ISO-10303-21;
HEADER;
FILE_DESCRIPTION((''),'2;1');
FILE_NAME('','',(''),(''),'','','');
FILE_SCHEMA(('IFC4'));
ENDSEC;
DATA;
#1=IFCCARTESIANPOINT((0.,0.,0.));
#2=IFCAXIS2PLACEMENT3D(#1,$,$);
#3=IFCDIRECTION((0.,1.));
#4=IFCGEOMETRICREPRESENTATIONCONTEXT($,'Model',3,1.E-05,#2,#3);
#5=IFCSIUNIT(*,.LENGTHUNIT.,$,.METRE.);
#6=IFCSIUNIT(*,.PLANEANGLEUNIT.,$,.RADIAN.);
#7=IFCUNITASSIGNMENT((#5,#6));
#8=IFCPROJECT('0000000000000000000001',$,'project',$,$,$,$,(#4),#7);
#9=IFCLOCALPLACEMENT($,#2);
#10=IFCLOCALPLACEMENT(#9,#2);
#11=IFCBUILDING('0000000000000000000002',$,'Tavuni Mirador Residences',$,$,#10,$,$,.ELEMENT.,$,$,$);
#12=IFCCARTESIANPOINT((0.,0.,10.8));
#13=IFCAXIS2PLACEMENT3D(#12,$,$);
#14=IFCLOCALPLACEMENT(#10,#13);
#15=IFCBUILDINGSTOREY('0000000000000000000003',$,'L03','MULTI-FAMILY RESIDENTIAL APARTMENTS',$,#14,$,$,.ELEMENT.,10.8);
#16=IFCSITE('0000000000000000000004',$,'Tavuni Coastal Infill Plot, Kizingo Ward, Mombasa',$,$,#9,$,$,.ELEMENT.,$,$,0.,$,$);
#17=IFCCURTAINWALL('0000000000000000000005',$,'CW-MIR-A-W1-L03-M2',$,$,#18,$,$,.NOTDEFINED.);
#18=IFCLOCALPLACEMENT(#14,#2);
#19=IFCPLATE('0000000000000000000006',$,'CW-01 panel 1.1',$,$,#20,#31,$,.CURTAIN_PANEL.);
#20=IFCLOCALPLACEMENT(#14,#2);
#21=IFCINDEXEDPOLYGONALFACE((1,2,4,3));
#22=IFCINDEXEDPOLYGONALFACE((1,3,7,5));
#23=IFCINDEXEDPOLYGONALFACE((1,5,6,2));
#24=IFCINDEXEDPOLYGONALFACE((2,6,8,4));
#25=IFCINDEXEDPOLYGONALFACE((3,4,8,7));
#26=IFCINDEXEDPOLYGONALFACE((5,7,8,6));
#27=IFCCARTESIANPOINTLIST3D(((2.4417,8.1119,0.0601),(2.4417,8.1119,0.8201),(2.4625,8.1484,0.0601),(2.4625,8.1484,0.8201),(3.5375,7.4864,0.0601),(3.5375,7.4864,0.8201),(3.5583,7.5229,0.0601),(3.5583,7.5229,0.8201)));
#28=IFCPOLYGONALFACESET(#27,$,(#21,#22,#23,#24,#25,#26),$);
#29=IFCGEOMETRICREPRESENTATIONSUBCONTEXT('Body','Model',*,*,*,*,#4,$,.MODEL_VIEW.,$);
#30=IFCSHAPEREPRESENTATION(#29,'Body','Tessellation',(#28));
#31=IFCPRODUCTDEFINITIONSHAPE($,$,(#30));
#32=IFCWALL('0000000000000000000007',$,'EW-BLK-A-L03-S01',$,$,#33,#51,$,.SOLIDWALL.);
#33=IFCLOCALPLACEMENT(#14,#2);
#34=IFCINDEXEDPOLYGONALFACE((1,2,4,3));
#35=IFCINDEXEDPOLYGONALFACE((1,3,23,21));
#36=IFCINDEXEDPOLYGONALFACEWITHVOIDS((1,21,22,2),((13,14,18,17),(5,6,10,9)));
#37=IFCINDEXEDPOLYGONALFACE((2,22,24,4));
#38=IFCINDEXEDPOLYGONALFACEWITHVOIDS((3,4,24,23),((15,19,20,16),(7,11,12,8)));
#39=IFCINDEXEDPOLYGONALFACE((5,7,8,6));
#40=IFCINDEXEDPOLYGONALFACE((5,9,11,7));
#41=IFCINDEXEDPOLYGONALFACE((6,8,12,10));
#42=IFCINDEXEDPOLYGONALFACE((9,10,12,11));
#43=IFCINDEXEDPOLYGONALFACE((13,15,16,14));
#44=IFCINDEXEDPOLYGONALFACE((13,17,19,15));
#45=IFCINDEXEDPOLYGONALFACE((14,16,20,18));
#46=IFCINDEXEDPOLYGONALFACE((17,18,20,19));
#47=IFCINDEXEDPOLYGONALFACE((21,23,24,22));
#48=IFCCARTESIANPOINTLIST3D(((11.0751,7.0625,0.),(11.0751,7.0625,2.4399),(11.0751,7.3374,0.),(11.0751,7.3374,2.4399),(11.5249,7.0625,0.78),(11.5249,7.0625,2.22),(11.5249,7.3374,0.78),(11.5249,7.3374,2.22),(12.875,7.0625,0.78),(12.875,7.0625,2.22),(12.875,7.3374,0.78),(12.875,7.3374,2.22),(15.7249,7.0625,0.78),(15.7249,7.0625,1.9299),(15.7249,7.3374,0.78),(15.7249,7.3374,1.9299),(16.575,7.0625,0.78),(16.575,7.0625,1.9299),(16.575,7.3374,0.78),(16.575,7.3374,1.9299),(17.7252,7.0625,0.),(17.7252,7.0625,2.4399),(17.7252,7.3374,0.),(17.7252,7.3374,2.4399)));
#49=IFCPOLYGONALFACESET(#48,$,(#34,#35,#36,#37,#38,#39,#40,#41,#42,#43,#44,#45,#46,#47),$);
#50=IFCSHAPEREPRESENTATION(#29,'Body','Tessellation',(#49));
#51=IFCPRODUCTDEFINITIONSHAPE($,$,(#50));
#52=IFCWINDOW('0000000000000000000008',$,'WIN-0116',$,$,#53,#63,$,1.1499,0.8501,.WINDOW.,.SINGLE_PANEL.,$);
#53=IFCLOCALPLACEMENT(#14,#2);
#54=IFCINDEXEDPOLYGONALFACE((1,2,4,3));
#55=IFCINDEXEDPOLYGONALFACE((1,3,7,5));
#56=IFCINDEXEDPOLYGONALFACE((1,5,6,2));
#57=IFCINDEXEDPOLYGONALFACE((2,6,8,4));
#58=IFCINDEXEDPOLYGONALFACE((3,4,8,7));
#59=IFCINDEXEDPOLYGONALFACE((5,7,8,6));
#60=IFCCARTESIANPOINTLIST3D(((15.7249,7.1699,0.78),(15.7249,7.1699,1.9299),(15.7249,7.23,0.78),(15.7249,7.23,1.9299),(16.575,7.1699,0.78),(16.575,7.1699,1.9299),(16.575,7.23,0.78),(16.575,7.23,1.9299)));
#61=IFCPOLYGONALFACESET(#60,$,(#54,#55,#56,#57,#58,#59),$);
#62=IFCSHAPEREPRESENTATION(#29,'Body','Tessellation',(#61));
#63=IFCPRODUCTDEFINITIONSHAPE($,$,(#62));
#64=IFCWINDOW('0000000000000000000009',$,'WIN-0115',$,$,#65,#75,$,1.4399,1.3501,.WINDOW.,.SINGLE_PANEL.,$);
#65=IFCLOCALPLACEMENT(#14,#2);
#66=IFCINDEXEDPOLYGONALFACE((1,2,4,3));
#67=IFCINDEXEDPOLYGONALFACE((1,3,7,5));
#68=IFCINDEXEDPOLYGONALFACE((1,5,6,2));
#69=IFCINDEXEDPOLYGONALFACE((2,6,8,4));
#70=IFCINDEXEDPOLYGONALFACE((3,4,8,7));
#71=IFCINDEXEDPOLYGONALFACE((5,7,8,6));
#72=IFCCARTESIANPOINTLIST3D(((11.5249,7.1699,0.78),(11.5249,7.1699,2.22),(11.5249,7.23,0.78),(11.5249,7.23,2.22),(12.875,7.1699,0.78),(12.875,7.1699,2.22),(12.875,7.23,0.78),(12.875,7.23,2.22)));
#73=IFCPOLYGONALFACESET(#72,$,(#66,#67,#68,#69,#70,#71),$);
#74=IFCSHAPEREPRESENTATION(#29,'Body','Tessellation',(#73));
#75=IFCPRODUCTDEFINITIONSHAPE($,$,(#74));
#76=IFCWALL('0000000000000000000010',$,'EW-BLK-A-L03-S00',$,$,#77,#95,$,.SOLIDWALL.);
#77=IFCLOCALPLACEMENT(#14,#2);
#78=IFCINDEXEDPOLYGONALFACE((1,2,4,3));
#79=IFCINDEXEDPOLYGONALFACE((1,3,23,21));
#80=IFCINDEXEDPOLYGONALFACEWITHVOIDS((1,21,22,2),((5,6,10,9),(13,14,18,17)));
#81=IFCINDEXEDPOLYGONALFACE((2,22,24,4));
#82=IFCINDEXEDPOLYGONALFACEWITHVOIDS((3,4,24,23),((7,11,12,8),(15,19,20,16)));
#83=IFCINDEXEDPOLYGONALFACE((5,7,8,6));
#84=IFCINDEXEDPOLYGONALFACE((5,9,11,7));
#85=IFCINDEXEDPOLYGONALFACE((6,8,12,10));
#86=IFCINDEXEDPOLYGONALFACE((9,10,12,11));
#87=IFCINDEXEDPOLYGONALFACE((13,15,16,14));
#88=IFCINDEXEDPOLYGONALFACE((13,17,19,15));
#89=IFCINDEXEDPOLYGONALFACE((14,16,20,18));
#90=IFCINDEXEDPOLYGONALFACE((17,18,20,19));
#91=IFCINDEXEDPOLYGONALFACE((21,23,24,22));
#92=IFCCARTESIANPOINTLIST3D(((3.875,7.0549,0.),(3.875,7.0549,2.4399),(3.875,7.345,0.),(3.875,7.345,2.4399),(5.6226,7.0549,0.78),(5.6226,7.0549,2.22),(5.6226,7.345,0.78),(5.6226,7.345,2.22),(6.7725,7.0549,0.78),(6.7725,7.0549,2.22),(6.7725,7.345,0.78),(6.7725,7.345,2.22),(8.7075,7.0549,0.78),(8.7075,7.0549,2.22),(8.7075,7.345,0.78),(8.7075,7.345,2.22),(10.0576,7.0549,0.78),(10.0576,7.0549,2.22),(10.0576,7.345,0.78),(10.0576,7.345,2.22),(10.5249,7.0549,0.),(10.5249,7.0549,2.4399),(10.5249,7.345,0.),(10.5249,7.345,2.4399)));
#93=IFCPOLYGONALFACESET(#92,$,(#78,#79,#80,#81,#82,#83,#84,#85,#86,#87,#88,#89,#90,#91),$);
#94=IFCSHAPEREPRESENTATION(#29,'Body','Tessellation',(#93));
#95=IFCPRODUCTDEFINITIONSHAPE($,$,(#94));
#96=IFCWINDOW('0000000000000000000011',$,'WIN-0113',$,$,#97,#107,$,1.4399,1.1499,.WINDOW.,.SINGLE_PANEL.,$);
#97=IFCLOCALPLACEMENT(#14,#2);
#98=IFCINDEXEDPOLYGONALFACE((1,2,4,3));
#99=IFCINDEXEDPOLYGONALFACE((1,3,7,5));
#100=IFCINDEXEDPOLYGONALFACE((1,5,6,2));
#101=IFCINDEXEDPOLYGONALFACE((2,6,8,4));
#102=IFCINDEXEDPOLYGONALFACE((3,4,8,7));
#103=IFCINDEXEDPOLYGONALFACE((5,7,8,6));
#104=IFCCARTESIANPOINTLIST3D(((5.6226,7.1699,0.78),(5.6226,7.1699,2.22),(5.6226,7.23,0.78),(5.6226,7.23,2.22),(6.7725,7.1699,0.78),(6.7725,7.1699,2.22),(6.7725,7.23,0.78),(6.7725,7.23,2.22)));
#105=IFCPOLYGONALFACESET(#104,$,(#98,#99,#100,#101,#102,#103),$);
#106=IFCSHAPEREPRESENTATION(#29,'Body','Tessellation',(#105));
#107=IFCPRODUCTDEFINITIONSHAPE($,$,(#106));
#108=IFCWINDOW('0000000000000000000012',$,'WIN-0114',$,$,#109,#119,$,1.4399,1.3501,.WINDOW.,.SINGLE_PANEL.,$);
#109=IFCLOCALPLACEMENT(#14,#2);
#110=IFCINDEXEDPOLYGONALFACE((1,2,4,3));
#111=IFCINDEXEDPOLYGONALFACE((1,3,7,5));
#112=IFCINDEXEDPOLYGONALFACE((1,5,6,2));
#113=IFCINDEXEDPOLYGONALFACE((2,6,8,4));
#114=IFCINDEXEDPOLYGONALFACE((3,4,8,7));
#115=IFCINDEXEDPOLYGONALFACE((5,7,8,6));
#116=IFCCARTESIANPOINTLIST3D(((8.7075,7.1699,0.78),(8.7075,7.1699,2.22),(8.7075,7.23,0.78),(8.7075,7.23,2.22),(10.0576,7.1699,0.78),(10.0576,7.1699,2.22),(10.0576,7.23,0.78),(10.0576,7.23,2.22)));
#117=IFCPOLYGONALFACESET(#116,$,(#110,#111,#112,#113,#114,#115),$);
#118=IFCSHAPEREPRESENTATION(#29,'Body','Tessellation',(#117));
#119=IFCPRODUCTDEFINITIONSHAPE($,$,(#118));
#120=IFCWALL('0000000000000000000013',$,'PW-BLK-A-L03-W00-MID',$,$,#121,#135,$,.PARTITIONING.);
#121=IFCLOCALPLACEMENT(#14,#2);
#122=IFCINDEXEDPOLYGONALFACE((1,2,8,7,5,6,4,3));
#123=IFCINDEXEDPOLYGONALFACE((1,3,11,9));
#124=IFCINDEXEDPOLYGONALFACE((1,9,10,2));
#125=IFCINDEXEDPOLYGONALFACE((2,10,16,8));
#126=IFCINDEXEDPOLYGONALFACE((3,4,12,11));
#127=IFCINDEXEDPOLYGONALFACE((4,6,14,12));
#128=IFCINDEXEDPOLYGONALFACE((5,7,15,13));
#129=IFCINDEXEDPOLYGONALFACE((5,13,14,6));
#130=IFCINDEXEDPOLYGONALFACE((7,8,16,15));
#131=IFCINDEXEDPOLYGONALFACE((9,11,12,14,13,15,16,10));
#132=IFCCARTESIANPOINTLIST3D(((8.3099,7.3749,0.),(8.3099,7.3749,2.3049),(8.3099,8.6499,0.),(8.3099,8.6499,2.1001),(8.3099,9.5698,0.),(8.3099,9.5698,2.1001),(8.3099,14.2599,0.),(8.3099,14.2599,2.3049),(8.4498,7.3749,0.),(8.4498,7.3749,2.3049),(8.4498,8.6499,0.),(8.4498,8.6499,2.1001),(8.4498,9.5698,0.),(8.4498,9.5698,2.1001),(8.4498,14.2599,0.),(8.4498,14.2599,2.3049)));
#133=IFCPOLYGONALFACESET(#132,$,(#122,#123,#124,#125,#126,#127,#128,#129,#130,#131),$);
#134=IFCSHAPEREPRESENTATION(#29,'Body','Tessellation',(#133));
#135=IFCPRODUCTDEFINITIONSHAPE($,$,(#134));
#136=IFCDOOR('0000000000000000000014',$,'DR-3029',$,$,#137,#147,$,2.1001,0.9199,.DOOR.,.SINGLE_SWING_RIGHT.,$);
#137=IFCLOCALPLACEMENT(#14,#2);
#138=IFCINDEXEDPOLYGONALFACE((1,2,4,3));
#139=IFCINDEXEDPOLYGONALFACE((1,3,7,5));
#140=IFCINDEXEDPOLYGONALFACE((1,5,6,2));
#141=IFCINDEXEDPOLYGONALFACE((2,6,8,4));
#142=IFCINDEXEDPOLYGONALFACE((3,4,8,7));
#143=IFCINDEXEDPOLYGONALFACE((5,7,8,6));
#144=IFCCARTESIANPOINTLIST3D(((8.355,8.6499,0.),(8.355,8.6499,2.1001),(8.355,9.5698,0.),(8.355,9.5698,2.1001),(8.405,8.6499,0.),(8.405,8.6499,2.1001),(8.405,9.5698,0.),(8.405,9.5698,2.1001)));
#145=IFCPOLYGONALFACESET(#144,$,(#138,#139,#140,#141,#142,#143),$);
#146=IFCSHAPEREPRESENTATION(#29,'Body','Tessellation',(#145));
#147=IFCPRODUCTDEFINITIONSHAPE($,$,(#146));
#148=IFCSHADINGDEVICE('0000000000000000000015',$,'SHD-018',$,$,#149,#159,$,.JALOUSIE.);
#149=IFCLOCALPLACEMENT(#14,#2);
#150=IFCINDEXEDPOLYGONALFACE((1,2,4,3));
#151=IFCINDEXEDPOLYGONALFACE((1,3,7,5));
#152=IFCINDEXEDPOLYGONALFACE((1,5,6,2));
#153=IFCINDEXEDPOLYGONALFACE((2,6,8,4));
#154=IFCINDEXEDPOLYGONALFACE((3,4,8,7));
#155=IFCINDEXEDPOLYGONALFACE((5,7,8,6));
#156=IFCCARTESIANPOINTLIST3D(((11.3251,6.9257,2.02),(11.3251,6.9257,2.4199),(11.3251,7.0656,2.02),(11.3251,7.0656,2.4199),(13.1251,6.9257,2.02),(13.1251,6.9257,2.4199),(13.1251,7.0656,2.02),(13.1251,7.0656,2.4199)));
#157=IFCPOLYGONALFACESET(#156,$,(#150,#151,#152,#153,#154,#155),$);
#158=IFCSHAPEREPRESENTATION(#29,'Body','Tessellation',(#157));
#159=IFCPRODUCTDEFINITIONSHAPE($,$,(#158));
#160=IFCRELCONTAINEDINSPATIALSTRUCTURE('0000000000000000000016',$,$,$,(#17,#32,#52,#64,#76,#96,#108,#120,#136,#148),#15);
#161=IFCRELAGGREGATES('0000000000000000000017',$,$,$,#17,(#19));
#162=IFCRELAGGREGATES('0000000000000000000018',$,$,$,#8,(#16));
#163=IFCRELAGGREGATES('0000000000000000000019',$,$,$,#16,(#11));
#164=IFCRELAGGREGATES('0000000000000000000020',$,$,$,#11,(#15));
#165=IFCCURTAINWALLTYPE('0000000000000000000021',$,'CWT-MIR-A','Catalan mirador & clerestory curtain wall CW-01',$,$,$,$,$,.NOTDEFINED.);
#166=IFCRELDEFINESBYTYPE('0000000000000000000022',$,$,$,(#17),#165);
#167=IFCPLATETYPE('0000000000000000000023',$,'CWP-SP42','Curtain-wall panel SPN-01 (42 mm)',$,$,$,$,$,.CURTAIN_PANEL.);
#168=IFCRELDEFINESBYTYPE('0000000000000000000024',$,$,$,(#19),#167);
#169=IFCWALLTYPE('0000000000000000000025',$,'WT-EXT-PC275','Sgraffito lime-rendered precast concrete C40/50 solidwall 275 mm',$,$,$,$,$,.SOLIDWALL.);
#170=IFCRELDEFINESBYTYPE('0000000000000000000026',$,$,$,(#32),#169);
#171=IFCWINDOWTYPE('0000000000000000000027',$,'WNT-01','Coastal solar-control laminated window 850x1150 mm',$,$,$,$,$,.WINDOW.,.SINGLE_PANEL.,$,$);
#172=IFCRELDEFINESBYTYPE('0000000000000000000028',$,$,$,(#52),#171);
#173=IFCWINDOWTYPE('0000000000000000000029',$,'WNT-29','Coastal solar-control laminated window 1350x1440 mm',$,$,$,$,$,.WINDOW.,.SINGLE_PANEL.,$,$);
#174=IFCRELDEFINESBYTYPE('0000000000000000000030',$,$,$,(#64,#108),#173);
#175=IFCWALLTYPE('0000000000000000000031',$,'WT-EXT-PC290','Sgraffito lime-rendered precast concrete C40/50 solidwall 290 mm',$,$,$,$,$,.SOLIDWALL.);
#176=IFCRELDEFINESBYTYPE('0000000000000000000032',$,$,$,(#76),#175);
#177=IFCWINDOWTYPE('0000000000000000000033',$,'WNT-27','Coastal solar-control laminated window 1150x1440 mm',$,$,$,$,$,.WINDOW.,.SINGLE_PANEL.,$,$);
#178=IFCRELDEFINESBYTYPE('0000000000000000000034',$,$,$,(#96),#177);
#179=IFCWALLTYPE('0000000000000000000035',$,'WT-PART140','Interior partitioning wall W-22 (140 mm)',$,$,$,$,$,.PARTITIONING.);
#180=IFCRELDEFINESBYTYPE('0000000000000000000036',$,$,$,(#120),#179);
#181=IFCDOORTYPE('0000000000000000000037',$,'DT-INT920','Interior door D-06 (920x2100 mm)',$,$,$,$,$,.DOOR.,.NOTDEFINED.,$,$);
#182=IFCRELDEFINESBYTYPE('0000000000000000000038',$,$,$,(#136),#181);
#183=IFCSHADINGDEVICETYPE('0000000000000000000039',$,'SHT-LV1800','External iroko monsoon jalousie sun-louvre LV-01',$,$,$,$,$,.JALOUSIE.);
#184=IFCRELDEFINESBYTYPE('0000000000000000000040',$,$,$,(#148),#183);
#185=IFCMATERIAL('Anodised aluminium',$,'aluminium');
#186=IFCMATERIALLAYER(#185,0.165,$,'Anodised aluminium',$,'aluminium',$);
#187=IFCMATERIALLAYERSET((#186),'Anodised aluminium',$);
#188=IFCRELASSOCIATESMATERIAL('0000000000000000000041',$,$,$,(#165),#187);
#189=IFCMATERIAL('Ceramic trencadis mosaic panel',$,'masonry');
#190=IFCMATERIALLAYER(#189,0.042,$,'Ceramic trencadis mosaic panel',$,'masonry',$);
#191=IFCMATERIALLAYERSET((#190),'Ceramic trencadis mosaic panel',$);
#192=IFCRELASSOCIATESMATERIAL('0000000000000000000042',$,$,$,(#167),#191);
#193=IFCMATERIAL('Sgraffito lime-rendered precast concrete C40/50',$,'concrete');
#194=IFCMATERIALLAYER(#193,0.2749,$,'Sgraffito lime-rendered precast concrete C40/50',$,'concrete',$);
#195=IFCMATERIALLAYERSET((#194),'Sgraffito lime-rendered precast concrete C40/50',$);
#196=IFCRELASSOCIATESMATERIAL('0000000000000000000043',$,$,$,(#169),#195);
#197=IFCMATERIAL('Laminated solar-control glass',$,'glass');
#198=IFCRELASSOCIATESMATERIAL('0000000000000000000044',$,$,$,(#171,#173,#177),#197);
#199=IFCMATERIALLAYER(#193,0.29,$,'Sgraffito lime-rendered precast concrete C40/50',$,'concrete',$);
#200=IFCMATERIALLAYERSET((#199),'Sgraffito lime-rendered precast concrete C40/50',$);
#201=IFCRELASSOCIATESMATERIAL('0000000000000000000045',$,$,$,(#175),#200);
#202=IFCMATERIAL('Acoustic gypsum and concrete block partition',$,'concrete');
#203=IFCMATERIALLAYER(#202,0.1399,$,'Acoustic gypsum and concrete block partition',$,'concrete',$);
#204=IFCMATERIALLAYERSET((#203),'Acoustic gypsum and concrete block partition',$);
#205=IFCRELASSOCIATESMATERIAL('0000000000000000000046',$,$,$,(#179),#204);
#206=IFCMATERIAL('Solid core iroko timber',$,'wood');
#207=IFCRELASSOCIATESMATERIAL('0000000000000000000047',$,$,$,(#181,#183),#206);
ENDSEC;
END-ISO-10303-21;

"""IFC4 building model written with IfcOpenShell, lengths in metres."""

from ifc_helpers import new_model, si_unit, direction, frame, frame_2d, origin, origin_2d, place, context, subcontext, project, spatial, rectangle, extrude, material, layer, layer_set, type_object, element, fill, aggregate, save


model = new_model("IFC4")

# Units and contexts
model_context = context("Model", 3, precision=1e-05, world=origin(), true_north=direction((0.0, 1.0)))
body_context = subcontext(model_context, "Body", "Model", "MODEL_VIEW")
ifc_project = project(units=[si_unit("LENGTHUNIT", "METRE"), si_unit("PLANEANGLEUNIT", "RADIAN")], contexts=[model_context])

# Site, building, storey
site_placement = place(None, origin())
site = spatial("IfcSite", under=ifc_project, at=site_placement, Name="Tavuni Coastal Infill Plot, Kizingo Ward, Mombasa", CompositionType="ELEMENT", RefElevation=0.0)
building_placement = place(site_placement, origin())
building = spatial("IfcBuilding", under=site, at=building_placement, Name="Tavuni Mirador Residences", CompositionType="ELEMENT")
storey_placement = place(building_placement, frame((0.0, 0.0, 10.8)))
storey = spatial("IfcBuildingStorey", under=building, at=storey_placement, Name="L03", Description="MULTI-FAMILY RESIDENTIAL APARTMENTS", CompositionType="ELEMENT", Elevation=10.8)

# Curtain wall
ifc_material_1 = material(Name="Anodised aluminium", Category="aluminium")
ifc_layer_1 = layer(ifc_material_1, 0.165, Name="Anodised aluminium", Category="aluminium")
ifc_layer_set_1 = layer_set([ifc_layer_1], Name="Anodised aluminium")
curtain_wall_type = type_object("IfcCurtainWallType", Name="CWT-MIR-A", Description="Catalan mirador & clerestory curtain wall CW-01", PredefinedType="NOTDEFINED", material=ifc_layer_set_1)
curtain_wall_placement = place(storey_placement, origin())
curtain_wall = element("IfcCurtainWall", 1, at=curtain_wall_placement, inside=storey, type_object=curtain_wall_type, Name="CW-MIR-A-W1-L03-M2", PredefinedType="NOTDEFINED")

# Plate
ifc_material_2 = material(Name="Laminated solar-control glass", Category="glass")
ifc_material_3 = material(Name="Ceramic trencadis mosaic panel", Category="masonry")
ifc_layer_2 = layer(ifc_material_3, 0.042, Name="Ceramic trencadis mosaic panel", Category="masonry")
ifc_layer_set_2 = layer_set([ifc_layer_2], Name="Ceramic trencadis mosaic panel")
plate_type_1 = type_object("IfcPlateType", Name="CWP-SP42", Description="Curtain-wall panel SPN-01 (42 mm)", PredefinedType="CURTAIN_PANEL", material=ifc_layer_set_2)
plate_1_placement = place(storey_placement, frame((3.0, 7.8174, 0.0601), z_axis=(0.0, 0.0, 1.0), x_axis=(0.868466, -0.495749, 0.0)))
plate_1 = element("IfcPlate", 2, at=plate_1_placement, type_object=plate_type_1, Name="CW-01 panel 1.1", PredefinedType="CURTAIN_PANEL", context=body_context, shape_type="SweptSolid", body=[
    extrude(rectangle(XDim=1.2617, YDim=0.042, at=origin_2d()), origin(), (0.0, 0.0, 1.0), 0.76),
])
aggregate(curtain_wall, [plate_1])

# Shared definitions
ifc_material_4 = material(Name="Solid core iroko timber", Category="wood")

# Walls, openings, windows
ifc_material_5 = material(Name="Sgraffito lime-rendered precast concrete C40/50", Category="concrete")
ifc_layer_3 = layer(ifc_material_5, 0.2749, Name="Sgraffito lime-rendered precast concrete C40/50", Category="concrete")
ifc_layer_set_3 = layer_set([ifc_layer_3], Name="Sgraffito lime-rendered precast concrete C40/50")
wall_type_1 = type_object("IfcWallType", Name="WT-EXT-PC275", Description="Sgraffito lime-rendered precast concrete C40/50 solidwall 275 mm", PredefinedType="SOLIDWALL", material=ifc_layer_set_3)
wall_1_placement = place(storey_placement, frame((11.075, 7.2, 0.0), z_axis=(0.0, 0.0, 1.0), x_axis=(1.0, 0.0, 0.0)))
wall_1 = element("IfcWall", 3, at=wall_1_placement, inside=storey, type_object=wall_type_1, Name="EW-BLK-A-L03-S01", PredefinedType="SOLIDWALL", context=body_context, shape_type="SweptSolid", body=[
    extrude(rectangle(XDim=6.6501, YDim=0.2749, at=frame_2d((3.3252, 0.0))), origin(), (0.0, 0.0, 1.0), 2.4399),
])
opening_1_placement = place(wall_1_placement, frame((0.45, 0.0, 0.78)))
opening_1 = element("IfcOpeningElement", 4, at=opening_1_placement, cuts=wall_1, PredefinedType="OPENING", context=body_context, shape_type="SweptSolid", body=[
    extrude(rectangle(XDim=1.3501, YDim=1.4399, at=frame_2d((0.675, 0.72))), frame((0.0, 0.1475, 0.0), z_axis=(0.0, -1.0, 0.0), x_axis=(1.0, 0.0, 0.0)), (0.0, 0.0, 1.0), 0.2949),
])
opening_2_placement = place(wall_1_placement, frame((4.6499, 0.0, 0.78)))
opening_2 = element("IfcOpeningElement", 5, at=opening_2_placement, cuts=wall_1, PredefinedType="OPENING", context=body_context, shape_type="SweptSolid", body=[
    extrude(rectangle(XDim=0.8501, YDim=1.1499, at=frame_2d((0.425, 0.575))), frame((0.0, 0.1475, 0.0), z_axis=(0.0, -1.0, 0.0), x_axis=(1.0, 0.0, 0.0)), (0.0, 0.0, 1.0), 0.2949),
])
window_type_1 = type_object("IfcWindowType", Name="WNT-01", Description="Coastal solar-control laminated window 850x1150 mm", PartitioningType="SINGLE_PANEL", PredefinedType="WINDOW", material=ifc_material_2)
window_1_placement = place(opening_2_placement, origin())
window_1 = element("IfcWindow", 6, at=window_1_placement, inside=storey, type_object=window_type_1, Name="WIN-0116", OverallHeight=1.1499, OverallWidth=0.8501, PartitioningType="SINGLE_PANEL", PredefinedType="WINDOW", context=body_context, shape_type="SweptSolid", body=[
    extrude(rectangle(XDim=0.8501, YDim=1.1499, at=frame_2d((0.425, 0.575))), frame((0.0, 0.03, 0.0), z_axis=(0.0, -1.0, 0.0), x_axis=(1.0, 0.0, 0.0)), (0.0, 0.0, 1.0), 0.0601),
])
fill(opening_2, window_1)
window_type_2 = type_object("IfcWindowType", Name="WNT-29", Description="Coastal solar-control laminated window 1350x1440 mm", PartitioningType="SINGLE_PANEL", PredefinedType="WINDOW", material=ifc_material_2)
window_2_placement = place(opening_1_placement, origin())
window_2 = element("IfcWindow", 7, at=window_2_placement, inside=storey, type_object=window_type_2, Name="WIN-0115", OverallHeight=1.4399, OverallWidth=1.3501, PartitioningType="SINGLE_PANEL", PredefinedType="WINDOW", context=body_context, shape_type="SweptSolid", body=[
    extrude(rectangle(XDim=1.3501, YDim=1.4399, at=frame_2d((0.675, 0.72))), frame((0.0, 0.03, 0.0), z_axis=(0.0, -1.0, 0.0), x_axis=(1.0, 0.0, 0.0)), (0.0, 0.0, 1.0), 0.0601),
])
fill(opening_1, window_2)
ifc_layer_4 = layer(ifc_material_5, 0.29, Name="Sgraffito lime-rendered precast concrete C40/50", Category="concrete")
ifc_layer_set_4 = layer_set([ifc_layer_4], Name="Sgraffito lime-rendered precast concrete C40/50")
wall_type_2 = type_object("IfcWallType", Name="WT-EXT-PC290", Description="Sgraffito lime-rendered precast concrete C40/50 solidwall 290 mm", PredefinedType="SOLIDWALL", material=ifc_layer_set_4)
wall_2_placement = place(storey_placement, frame((3.875, 7.2, 0.0), z_axis=(0.0, 0.0, 1.0), x_axis=(1.0, 0.0, 0.0)))
wall_2 = element("IfcWall", 8, at=wall_2_placement, inside=storey, type_object=wall_type_2, Name="EW-BLK-A-L03-S00", PredefinedType="SOLIDWALL", context=body_context, shape_type="SweptSolid", body=[
    extrude(rectangle(XDim=6.6499, YDim=0.29, at=frame_2d((3.325, 0.0))), origin(), (0.0, 0.0, 1.0), 2.4399),
])
opening_3_placement = place(wall_2_placement, frame((1.7476, 0.0, 0.78)))
opening_3 = element("IfcOpeningElement", 9, at=opening_3_placement, cuts=wall_2, PredefinedType="OPENING", context=body_context, shape_type="SweptSolid", body=[
    extrude(rectangle(XDim=1.1499, YDim=1.4399, at=frame_2d((0.575, 0.72))), frame((0.0, 0.155, 0.0), z_axis=(0.0, -1.0, 0.0), x_axis=(1.0, 0.0, 0.0)), (0.0, 0.0, 1.0), 0.3101),
])
opening_4_placement = place(wall_2_placement, frame((4.8325, 0.0, 0.78)))
opening_4 = element("IfcOpeningElement", 10, at=opening_4_placement, cuts=wall_2, PredefinedType="OPENING", context=body_context, shape_type="SweptSolid", body=[
    extrude(rectangle(XDim=1.3501, YDim=1.4399, at=frame_2d((0.675, 0.72))), frame((0.0, 0.155, 0.0), z_axis=(0.0, -1.0, 0.0), x_axis=(1.0, 0.0, 0.0)), (0.0, 0.0, 1.0), 0.3101),
])
window_type_3 = type_object("IfcWindowType", Name="WNT-27", Description="Coastal solar-control laminated window 1150x1440 mm", PartitioningType="SINGLE_PANEL", PredefinedType="WINDOW", material=ifc_material_2)
window_3_placement = place(opening_3_placement, origin())
window_3 = element("IfcWindow", 11, at=window_3_placement, inside=storey, type_object=window_type_3, Name="WIN-0113", OverallHeight=1.4399, OverallWidth=1.1499, PartitioningType="SINGLE_PANEL", PredefinedType="WINDOW", context=body_context, shape_type="SweptSolid", body=[
    extrude(rectangle(XDim=1.1499, YDim=1.4399, at=frame_2d((0.575, 0.72))), frame((0.0, 0.03, 0.0), z_axis=(0.0, -1.0, 0.0), x_axis=(1.0, 0.0, 0.0)), (0.0, 0.0, 1.0), 0.0601),
])
fill(opening_3, window_3)
window_4_placement = place(opening_4_placement, origin())
window_4 = element("IfcWindow", 12, at=window_4_placement, inside=storey, type_object=window_type_2, Name="WIN-0114", OverallHeight=1.4399, OverallWidth=1.3501, PartitioningType="SINGLE_PANEL", PredefinedType="WINDOW", context=body_context, shape_type="SweptSolid", body=[
    extrude(rectangle(XDim=1.3501, YDim=1.4399, at=frame_2d((0.675, 0.72))), frame((0.0, 0.03, 0.0), z_axis=(0.0, -1.0, 0.0), x_axis=(1.0, 0.0, 0.0)), (0.0, 0.0, 1.0), 0.0601),
])
fill(opening_4, window_4)

# Wall, opening, door
ifc_material_6 = material(Name="Acoustic gypsum and concrete block partition", Category="concrete")
ifc_layer_5 = layer(ifc_material_6, 0.1399, Name="Acoustic gypsum and concrete block partition", Category="concrete")
ifc_layer_set_5 = layer_set([ifc_layer_5], Name="Acoustic gypsum and concrete block partition")
wall_type_3 = type_object("IfcWallType", Name="WT-PART140", Description="Interior partitioning wall W-22 (140 mm)", PredefinedType="PARTITIONING", material=ifc_layer_set_5)
wall_3_placement = place(storey_placement, frame((8.3799, 7.375, 0.0), z_axis=(0.0, 0.0, 1.0), x_axis=(0.0, 1.0, 0.0)))
wall_3 = element("IfcWall", 13, at=wall_3_placement, inside=storey, type_object=wall_type_3, Name="PW-BLK-A-L03-W00-MID", PredefinedType="PARTITIONING", context=body_context, shape_type="SweptSolid", body=[
    extrude(rectangle(XDim=6.885, YDim=0.1399, at=frame_2d((3.4424, 0.0))), origin(), (0.0, 0.0, 1.0), 2.3049),
])
opening_5_placement = place(wall_3_placement, frame((1.2749, 0.0, 0.0)))
opening_5 = element("IfcOpeningElement", 14, at=opening_5_placement, cuts=wall_3, PredefinedType="OPENING", context=body_context, shape_type="SweptSolid", body=[
    extrude(rectangle(XDim=0.9199, YDim=2.1001, at=frame_2d((0.46, 1.05))), frame((0.0, 0.0801, 0.0), z_axis=(0.0, -1.0, 0.0), x_axis=(1.0, 0.0, 0.0)), (0.0, 0.0, 1.0), 0.1599),
])
door_type_1 = type_object("IfcDoorType", Name="DT-INT920", Description="Interior door D-06 (920x2100 mm)", OperationType="NOTDEFINED", PredefinedType="DOOR", material=ifc_material_4)
door_1_placement = place(opening_5_placement, origin())
door_1 = element("IfcDoor", 15, at=door_1_placement, inside=storey, type_object=door_type_1, Name="DR-3029", OperationType="SINGLE_SWING_RIGHT", OverallHeight=2.1001, OverallWidth=0.9199, PredefinedType="DOOR", context=body_context, shape_type="SweptSolid", body=[
    extrude(rectangle(XDim=0.9199, YDim=2.1001, at=frame_2d((0.46, 1.05))), frame((0.0, 0.0249, 0.0), z_axis=(0.0, -1.0, 0.0), x_axis=(1.0, 0.0, 0.0)), (0.0, 0.0, 1.0), 0.05),
])
fill(opening_5, door_1)

# Shading device
shading_device_type_1 = type_object("IfcShadingDeviceType", Name="SHT-LV1800", Description="External iroko monsoon jalousie sun-louvre LV-01", PredefinedType="JALOUSIE", material=ifc_material_4)
shading_device_1_placement = place(storey_placement, frame((12.2251, 6.9956, 2.02), z_axis=(0.0, 0.0, 1.0), x_axis=(1.0, 0.0, 0.0)))
element("IfcShadingDevice", 16, at=shading_device_1_placement, inside=storey, type_object=shading_device_type_1, Name="SHD-018", PredefinedType="JALOUSIE", context=body_context, shape_type="SweptSolid", body=[
    extrude(rectangle(XDim=1.8, YDim=0.1399, at=origin_2d()), origin(), (0.0, 0.0, 1.0), 0.3999),
])

save(model, "model.ifc")
